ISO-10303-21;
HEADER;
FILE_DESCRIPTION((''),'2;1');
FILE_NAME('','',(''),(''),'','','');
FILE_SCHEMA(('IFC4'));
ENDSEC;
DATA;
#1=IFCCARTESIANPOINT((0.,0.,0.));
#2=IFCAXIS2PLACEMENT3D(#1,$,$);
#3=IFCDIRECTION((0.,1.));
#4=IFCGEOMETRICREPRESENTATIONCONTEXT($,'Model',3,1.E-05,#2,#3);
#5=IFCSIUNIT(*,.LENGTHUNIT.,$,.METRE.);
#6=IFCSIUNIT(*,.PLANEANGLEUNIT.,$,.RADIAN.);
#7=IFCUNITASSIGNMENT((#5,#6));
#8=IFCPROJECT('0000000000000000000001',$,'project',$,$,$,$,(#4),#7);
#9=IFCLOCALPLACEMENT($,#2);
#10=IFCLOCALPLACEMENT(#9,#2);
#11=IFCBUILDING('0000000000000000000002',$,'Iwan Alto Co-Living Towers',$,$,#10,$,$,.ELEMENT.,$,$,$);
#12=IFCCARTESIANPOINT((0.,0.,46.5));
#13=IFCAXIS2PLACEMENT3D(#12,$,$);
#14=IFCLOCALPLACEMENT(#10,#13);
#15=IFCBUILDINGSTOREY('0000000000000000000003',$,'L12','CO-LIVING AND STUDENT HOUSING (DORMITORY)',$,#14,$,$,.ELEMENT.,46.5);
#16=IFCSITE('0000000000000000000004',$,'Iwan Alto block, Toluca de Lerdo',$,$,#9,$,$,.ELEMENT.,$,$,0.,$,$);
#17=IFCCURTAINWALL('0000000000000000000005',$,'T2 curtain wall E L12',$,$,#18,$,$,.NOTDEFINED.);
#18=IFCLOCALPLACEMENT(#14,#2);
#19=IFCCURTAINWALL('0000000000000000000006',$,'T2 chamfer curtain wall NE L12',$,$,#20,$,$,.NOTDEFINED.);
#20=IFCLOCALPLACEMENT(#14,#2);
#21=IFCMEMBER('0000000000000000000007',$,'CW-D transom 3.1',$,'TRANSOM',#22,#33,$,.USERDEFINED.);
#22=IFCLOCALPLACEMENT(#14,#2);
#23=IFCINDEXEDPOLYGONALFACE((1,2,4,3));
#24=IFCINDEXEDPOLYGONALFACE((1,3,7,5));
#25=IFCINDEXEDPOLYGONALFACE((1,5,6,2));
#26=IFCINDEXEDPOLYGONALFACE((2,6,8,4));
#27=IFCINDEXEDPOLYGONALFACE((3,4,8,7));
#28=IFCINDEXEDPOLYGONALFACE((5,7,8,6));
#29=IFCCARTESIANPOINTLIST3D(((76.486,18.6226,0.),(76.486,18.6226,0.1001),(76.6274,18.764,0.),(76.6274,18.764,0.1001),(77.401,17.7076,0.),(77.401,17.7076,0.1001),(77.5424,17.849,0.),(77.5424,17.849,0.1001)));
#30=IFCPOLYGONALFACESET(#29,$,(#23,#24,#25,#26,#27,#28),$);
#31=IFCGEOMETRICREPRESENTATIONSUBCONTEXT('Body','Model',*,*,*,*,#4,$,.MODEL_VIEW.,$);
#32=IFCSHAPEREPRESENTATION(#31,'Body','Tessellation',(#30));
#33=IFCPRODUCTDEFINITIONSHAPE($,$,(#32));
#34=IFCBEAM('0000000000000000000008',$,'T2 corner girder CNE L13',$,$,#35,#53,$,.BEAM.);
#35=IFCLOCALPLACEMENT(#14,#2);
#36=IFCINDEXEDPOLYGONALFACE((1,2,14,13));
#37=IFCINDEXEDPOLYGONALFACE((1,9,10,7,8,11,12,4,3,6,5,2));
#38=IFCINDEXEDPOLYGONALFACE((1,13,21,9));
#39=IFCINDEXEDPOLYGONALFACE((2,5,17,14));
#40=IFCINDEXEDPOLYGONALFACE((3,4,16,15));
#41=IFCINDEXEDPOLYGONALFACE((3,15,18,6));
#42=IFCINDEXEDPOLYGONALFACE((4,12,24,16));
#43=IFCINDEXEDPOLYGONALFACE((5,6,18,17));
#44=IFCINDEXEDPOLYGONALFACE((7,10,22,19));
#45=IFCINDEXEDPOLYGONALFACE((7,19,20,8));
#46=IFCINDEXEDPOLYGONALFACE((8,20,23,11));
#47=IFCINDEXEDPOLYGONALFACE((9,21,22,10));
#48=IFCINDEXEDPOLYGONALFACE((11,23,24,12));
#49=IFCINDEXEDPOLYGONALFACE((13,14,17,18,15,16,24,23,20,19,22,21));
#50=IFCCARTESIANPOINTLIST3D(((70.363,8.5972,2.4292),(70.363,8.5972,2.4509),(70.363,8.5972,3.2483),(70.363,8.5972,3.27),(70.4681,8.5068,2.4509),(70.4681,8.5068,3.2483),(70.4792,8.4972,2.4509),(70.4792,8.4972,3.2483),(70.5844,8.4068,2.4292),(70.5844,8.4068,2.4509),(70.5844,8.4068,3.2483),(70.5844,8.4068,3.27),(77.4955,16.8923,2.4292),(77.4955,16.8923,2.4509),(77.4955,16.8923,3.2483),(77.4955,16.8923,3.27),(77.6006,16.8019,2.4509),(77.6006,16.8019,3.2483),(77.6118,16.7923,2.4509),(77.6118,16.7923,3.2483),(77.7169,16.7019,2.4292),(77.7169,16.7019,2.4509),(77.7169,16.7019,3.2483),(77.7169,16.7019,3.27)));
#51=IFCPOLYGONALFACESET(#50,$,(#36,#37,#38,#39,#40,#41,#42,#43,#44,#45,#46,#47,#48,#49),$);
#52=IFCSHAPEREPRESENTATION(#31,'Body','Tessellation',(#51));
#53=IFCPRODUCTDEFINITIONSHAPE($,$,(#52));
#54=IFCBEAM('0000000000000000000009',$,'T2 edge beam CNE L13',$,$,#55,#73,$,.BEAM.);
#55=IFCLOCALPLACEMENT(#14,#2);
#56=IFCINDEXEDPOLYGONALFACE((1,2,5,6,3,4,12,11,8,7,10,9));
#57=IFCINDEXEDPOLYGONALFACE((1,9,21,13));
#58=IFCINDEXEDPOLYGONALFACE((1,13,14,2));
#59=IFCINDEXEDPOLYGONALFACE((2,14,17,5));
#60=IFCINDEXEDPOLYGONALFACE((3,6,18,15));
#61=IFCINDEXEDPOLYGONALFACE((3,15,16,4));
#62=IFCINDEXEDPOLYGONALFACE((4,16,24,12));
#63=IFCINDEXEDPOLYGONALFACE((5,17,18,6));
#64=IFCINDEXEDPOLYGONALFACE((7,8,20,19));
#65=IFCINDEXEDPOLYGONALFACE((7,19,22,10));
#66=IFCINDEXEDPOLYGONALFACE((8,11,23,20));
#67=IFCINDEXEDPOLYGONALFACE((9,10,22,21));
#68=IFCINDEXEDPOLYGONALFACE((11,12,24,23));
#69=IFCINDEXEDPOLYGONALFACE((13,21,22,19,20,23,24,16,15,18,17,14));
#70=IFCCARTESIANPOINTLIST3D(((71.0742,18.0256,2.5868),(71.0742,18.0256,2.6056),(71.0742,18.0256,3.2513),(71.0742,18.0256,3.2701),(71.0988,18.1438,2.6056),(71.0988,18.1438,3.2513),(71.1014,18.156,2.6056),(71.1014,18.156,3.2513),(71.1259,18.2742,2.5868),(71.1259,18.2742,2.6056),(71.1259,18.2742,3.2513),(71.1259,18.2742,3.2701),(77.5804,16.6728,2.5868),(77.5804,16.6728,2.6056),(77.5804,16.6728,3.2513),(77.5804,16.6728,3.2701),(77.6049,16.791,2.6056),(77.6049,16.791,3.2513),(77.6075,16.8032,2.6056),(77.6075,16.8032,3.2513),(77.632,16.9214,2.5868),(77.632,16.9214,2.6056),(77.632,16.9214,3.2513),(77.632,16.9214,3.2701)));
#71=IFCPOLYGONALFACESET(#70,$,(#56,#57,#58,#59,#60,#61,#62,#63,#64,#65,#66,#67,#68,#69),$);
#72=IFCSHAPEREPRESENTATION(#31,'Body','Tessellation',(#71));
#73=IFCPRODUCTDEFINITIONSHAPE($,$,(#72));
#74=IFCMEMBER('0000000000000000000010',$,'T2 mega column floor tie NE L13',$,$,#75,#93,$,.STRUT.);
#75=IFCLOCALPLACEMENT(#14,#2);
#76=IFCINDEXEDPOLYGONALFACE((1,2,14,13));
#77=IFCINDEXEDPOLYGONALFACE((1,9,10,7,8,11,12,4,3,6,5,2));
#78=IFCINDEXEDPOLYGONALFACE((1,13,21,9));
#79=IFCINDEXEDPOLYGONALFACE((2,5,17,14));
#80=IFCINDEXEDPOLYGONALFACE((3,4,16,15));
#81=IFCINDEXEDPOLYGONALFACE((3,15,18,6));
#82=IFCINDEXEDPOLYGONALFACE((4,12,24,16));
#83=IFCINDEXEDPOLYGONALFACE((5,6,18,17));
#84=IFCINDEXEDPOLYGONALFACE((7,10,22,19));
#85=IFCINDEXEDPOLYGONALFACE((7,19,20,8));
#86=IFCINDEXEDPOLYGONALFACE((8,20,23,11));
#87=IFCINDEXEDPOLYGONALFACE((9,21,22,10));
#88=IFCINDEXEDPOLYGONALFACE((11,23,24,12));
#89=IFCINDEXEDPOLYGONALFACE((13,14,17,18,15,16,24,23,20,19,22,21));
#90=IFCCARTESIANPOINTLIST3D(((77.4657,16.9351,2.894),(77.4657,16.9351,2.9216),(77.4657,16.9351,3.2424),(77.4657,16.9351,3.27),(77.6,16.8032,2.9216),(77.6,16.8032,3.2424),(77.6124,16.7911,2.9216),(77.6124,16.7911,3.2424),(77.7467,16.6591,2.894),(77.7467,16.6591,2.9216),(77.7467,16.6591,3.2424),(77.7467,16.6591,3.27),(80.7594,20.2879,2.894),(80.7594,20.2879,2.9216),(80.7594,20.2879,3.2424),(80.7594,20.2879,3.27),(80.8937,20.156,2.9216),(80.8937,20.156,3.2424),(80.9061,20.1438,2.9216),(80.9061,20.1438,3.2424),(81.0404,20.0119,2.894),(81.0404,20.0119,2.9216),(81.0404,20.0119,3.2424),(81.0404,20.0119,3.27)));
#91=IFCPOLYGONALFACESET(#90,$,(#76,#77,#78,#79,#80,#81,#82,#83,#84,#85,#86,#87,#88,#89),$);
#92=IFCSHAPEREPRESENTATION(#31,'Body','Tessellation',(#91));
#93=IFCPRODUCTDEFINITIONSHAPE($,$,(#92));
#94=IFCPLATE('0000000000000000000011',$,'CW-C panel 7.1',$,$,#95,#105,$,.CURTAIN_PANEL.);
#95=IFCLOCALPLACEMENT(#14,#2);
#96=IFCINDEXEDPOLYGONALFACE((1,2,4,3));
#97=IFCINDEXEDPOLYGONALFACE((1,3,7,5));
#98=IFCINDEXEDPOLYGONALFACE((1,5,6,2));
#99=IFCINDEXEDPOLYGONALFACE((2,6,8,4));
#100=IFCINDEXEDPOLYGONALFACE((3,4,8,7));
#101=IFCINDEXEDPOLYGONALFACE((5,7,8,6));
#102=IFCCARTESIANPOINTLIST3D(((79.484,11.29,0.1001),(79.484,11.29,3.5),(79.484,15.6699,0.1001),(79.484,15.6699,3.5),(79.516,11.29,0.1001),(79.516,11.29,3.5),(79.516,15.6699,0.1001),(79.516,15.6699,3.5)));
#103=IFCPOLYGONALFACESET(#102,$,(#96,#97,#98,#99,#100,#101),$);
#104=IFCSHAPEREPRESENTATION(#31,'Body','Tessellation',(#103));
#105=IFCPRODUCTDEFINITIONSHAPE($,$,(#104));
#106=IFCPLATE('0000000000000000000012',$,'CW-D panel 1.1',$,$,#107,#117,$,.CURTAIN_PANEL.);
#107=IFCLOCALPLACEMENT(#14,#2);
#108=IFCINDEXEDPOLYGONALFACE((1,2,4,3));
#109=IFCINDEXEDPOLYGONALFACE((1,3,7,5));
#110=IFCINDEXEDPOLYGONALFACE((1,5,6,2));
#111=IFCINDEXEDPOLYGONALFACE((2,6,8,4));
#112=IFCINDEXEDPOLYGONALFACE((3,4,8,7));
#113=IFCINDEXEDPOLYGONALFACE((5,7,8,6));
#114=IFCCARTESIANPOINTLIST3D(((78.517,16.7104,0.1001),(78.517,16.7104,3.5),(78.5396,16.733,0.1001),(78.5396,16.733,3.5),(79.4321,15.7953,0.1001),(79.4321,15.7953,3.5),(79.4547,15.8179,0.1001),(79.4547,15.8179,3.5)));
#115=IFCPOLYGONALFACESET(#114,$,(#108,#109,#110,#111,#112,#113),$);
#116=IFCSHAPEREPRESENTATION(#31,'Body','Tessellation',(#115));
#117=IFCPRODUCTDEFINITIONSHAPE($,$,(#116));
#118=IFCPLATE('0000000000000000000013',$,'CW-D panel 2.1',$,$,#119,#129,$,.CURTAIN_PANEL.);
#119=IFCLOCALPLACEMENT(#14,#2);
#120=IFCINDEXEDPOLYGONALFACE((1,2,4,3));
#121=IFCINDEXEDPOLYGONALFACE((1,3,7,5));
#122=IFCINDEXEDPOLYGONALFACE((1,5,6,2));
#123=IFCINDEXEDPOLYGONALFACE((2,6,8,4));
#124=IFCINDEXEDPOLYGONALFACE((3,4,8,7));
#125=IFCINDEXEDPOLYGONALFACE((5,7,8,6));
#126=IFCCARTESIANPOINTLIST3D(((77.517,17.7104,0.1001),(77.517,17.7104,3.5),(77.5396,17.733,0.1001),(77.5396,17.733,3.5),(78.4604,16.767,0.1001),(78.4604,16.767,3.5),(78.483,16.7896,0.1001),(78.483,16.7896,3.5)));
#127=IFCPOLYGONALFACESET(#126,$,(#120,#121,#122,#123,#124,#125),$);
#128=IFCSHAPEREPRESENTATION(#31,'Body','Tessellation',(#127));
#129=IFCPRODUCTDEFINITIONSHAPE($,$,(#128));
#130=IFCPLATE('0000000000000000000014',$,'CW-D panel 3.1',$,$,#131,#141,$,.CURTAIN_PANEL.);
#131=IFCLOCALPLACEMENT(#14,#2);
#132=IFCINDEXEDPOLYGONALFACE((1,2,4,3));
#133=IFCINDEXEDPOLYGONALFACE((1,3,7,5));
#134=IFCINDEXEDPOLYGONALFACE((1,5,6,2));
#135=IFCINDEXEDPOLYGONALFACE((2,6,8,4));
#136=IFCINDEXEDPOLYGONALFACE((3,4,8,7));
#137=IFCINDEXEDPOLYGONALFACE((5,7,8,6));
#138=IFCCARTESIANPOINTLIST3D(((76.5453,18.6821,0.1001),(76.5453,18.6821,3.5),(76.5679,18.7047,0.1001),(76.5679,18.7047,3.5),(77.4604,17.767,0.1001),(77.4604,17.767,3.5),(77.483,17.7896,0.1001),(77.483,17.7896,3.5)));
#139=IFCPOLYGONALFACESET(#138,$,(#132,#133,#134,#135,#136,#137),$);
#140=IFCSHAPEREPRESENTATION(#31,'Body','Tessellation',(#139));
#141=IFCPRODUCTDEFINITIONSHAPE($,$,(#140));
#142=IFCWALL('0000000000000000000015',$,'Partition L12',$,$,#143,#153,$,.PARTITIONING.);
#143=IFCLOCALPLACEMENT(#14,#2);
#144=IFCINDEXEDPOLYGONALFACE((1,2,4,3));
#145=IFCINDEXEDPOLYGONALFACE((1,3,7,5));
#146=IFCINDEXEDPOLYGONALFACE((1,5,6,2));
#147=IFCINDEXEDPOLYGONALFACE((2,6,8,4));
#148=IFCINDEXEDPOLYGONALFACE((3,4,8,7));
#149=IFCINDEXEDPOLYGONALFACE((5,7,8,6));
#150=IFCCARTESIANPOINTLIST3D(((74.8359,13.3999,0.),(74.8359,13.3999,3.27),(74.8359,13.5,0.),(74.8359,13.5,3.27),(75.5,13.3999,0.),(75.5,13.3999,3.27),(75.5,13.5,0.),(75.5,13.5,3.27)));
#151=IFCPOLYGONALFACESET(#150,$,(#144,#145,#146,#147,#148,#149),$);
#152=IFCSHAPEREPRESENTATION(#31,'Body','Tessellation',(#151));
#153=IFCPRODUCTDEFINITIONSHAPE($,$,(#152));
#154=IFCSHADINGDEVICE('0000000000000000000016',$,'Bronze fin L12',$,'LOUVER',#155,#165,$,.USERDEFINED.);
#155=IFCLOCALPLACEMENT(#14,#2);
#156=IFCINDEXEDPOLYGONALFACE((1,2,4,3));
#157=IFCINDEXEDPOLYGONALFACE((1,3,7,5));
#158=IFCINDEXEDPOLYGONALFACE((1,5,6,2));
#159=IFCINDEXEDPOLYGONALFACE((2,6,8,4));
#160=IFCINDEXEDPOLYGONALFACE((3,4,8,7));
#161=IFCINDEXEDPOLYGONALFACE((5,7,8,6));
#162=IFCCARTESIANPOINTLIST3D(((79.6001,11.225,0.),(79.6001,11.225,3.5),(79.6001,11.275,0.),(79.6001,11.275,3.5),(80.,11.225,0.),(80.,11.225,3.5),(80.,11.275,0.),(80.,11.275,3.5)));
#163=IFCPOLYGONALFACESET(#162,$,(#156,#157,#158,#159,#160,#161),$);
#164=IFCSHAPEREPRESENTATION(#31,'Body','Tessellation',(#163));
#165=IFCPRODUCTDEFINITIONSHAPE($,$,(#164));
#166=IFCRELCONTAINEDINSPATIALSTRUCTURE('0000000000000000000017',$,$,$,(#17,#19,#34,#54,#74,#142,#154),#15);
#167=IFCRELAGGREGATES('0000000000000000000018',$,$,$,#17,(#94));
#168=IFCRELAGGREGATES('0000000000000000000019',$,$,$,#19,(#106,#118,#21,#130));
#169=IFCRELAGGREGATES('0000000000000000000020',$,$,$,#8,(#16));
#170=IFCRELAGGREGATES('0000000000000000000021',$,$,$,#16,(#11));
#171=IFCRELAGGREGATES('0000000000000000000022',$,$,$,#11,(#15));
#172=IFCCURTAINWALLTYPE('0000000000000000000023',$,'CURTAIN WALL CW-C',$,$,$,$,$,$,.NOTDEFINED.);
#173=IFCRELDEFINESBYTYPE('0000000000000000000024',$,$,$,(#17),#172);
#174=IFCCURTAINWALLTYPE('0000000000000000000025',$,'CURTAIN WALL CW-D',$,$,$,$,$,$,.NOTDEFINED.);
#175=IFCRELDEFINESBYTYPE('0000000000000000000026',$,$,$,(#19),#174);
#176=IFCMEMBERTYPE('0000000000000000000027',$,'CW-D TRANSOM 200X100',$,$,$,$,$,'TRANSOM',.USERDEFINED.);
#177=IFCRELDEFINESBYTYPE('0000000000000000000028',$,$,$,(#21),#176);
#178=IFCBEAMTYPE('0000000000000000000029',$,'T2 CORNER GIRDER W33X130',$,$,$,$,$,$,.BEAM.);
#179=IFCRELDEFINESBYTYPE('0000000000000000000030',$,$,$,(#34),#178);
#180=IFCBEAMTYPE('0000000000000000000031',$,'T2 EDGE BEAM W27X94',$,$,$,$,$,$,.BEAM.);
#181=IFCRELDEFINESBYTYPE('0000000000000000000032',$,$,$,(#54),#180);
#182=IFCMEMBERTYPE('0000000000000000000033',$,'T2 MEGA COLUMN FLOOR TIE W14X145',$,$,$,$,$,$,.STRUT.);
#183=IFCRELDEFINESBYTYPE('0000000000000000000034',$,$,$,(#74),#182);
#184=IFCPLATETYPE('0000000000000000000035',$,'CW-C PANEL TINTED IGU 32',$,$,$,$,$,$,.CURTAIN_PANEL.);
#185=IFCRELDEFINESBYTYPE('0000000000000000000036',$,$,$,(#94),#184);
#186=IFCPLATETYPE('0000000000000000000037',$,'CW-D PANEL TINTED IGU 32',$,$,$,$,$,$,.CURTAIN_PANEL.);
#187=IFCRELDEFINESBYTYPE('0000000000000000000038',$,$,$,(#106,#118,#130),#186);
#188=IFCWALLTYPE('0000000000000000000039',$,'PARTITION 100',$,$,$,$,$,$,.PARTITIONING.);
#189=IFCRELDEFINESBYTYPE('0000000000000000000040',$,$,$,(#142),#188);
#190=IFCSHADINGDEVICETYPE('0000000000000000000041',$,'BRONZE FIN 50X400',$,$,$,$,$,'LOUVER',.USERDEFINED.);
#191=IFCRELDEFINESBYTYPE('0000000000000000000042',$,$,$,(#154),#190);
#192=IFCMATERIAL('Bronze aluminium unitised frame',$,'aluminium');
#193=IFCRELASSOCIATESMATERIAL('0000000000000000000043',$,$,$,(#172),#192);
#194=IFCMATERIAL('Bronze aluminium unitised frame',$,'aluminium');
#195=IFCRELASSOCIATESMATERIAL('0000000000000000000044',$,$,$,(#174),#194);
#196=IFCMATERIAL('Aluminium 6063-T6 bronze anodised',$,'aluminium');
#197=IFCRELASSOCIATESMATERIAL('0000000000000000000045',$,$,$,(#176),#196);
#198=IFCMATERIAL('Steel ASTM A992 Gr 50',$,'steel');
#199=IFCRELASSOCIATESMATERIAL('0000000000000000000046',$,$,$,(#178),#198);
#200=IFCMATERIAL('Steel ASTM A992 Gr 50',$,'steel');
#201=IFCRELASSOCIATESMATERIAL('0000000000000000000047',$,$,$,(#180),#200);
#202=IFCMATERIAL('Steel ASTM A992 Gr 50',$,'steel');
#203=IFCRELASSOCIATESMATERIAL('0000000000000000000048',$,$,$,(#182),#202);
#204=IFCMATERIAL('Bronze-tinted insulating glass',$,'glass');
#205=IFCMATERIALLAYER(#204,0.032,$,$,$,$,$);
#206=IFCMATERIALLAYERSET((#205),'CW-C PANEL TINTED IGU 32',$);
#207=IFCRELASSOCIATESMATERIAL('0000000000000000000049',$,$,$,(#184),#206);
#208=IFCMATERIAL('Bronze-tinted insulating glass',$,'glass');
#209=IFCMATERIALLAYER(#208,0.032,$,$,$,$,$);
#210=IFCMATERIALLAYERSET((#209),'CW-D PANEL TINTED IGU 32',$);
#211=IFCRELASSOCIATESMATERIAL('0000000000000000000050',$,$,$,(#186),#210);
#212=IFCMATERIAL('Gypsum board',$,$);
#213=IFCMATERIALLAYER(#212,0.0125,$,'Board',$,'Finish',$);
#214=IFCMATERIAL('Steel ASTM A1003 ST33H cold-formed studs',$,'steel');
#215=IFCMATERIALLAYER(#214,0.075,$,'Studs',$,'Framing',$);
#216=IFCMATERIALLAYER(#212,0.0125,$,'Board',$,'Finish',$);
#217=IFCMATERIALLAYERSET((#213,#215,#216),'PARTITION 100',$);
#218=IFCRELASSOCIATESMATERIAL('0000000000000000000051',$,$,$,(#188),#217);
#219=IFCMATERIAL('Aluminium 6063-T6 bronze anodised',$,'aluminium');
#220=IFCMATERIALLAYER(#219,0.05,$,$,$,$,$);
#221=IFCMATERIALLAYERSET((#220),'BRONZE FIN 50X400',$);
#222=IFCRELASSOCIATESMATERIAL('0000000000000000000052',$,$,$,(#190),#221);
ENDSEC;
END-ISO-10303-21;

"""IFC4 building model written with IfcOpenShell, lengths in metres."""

from ifc_helpers import new_model, si_unit, direction, frame, frame_2d, origin, origin_2d, place, context, subcontext, project, spatial, rectangle, i_section, extrude, material, layer, layer_set, material_profile, profile_set, type_object, element, aggregate, save


model = new_model("IFC4")

# Units and contexts
model_context = context("Model", 3, precision=1e-05, world=origin(), true_north=direction((0.0, 1.0)))
body_context = subcontext(model_context, "Body", "Model", "MODEL_VIEW")
ifc_project = project(units=[si_unit("LENGTHUNIT", "METRE"), si_unit("PLANEANGLEUNIT", "RADIAN")], contexts=[model_context])

# Site, building, storey
site_placement = place(None, origin())
site = spatial("IfcSite", under=ifc_project, at=site_placement, Name="Iwan Alto block, Toluca de Lerdo", CompositionType="ELEMENT", RefElevation=0.0)
building_placement = place(site_placement, origin())
building = spatial("IfcBuilding", under=site, at=building_placement, Name="Iwan Alto Co-Living Towers", CompositionType="ELEMENT")
storey_placement = place(building_placement, frame((0.0, 0.0, 46.5)))
storey = spatial("IfcBuildingStorey", under=building, at=storey_placement, Name="L12", Description="CO-LIVING AND STUDENT HOUSING (DORMITORY)", CompositionType="ELEMENT", Elevation=46.5)

# Curtain wall
ifc_material_1 = material(Name="Bronze aluminium unitised frame", Category="aluminium")
curtain_wall_type_1 = type_object("IfcCurtainWallType", Name="CURTAIN WALL CW-C", PredefinedType="NOTDEFINED", material=ifc_material_1)
curtain_wall_1_placement = place(storey_placement, origin())
curtain_wall_1 = element("IfcCurtainWall", 1, at=curtain_wall_1_placement, inside=storey, type_object=curtain_wall_type_1, Name="T2 curtain wall E L12", PredefinedType="NOTDEFINED")

# Curtain wall, member
ifc_material_2 = material(Name="Bronze aluminium unitised frame", Category="aluminium")
curtain_wall_type_2 = type_object("IfcCurtainWallType", Name="CURTAIN WALL CW-D", PredefinedType="NOTDEFINED", material=ifc_material_2)
curtain_wall_2_placement = place(storey_placement, origin())
curtain_wall_2 = element("IfcCurtainWall", 2, at=curtain_wall_2_placement, inside=storey, type_object=curtain_wall_type_2, Name="T2 chamfer curtain wall NE L12", PredefinedType="NOTDEFINED")
ifc_material_3 = material(Name="Aluminium 6063-T6 bronze anodised", Category="aluminium")
ifc_material_profile_1 = material_profile(ifc_material_3, rectangle(XDim=0.2, YDim=0.1001, at=origin_2d()), Name="AL 200X100")
ifc_profile_set_1 = profile_set([ifc_material_profile_1], Name="Aluminium 6063-T6 bronze anodised")
member_type_1 = type_object("IfcMemberType", Name="CW-D TRANSOM 200X100", ElementType="TRANSOM", PredefinedType="USERDEFINED", material=ifc_profile_set_1)
member_1_placement = place(storey_placement, frame((77.4717, 17.7783, 0.05), z_axis=(-0.707107, 0.707107, 0.0), x_axis=(-0.707107, -0.707107, 0.0)))
member_1 = element("IfcMember", 3, at=member_1_placement, type_object=member_type_1, Name="CW-D transom 3.1", ObjectType="TRANSOM", PredefinedType="USERDEFINED", context=body_context, shape_type="SweptSolid", body=[
    extrude(rectangle(XDim=0.2, YDim=0.1001, at=origin_2d()), origin(), (0.0, 0.0, 1.0), 1.2939),
])

# Beams
ifc_material_4 = material(Name="Steel ASTM A992 Gr 50", Category="steel")
ifc_material_profile_2 = material_profile(ifc_material_4, i_section(OverallWidth=0.292, OverallDepth=0.8408, WebThickness=0.0146, FlangeThickness=0.0217, at=origin_2d()), Name="W33X130")
ifc_profile_set_2 = profile_set([ifc_material_profile_2], Name="Steel ASTM A992 Gr 50")
beam_type_1 = type_object("IfcBeamType", Name="T2 CORNER GIRDER W33X130", PredefinedType="BEAM", material=ifc_profile_set_2)
beam_1_placement = place(storey_placement, frame((77.6062, 16.7971, 2.8496), z_axis=(-0.651972, -0.758243, 0.0), x_axis=(0.758243, -0.651972, 0.0)))
element("IfcBeam", 4, at=beam_1_placement, inside=storey, type_object=beam_type_1, Name="T2 corner girder CNE L13", PredefinedType="BEAM", context=body_context, shape_type="SweptSolid", body=[
    extrude(i_section(OverallWidth=0.292, OverallDepth=0.8408, WebThickness=0.0146, FlangeThickness=0.0217, at=origin_2d()), origin(), (0.0, 0.0, 1.0), 10.9399),
])
ifc_material_5 = material(Name="Steel ASTM A992 Gr 50", Category="steel")
ifc_material_profile_3 = material_profile(ifc_material_5, i_section(OverallWidth=0.2539, OverallDepth=0.6833, WebThickness=0.0125, FlangeThickness=0.0188, at=origin_2d()), Name="W27X94")
ifc_profile_set_3 = profile_set([ifc_material_profile_3], Name="Steel ASTM A992 Gr 50")
beam_type_2 = type_object("IfcBeamType", Name="T2 EDGE BEAM W27X94", PredefinedType="BEAM", material=ifc_profile_set_3)
beam_2_placement = place(storey_placement, frame((77.6062, 16.7971, 2.9285), z_axis=(-0.97906, 0.203571, 0.0), x_axis=(-0.203571, -0.97906, 0.0)))
element("IfcBeam", 5, at=beam_2_placement, inside=storey, type_object=beam_type_2, Name="T2 edge beam CNE L13", PredefinedType="BEAM", context=body_context, shape_type="SweptSolid", body=[
    extrude(i_section(OverallWidth=0.2539, OverallDepth=0.6833, WebThickness=0.0125, FlangeThickness=0.0188, at=origin_2d()), origin(), (0.0, 0.0, 1.0), 6.6453),
])

# Member
ifc_material_6 = material(Name="Steel ASTM A992 Gr 50", Category="steel")
ifc_material_profile_4 = material_profile(ifc_material_6, i_section(OverallWidth=0.3938, OverallDepth=0.376, WebThickness=0.0173, FlangeThickness=0.0276, at=origin_2d()), Name="W14X145")
ifc_profile_set_4 = profile_set([ifc_material_profile_4], Name="Steel ASTM A992 Gr 50")
member_type_2 = type_object("IfcMemberType", Name="T2 MEGA COLUMN FLOOR TIE W14X145", PredefinedType="STRUT", material=ifc_profile_set_4)
member_2_placement = place(storey_placement, frame((80.8999, 20.1499, 3.082), z_axis=(-0.700793, -0.713364, 0.0), x_axis=(0.713364, -0.700793, 0.0)))
element("IfcMember", 6, at=member_2_placement, inside=storey, type_object=member_type_2, Name="T2 mega column floor tie NE L13", PredefinedType="STRUT", context=body_context, shape_type="SweptSolid", body=[
    extrude(i_section(OverallWidth=0.3938, OverallDepth=0.376, WebThickness=0.0173, FlangeThickness=0.0276, at=origin_2d()), origin(), (0.0, 0.0, 1.0), 4.7),
])

# Plates
ifc_material_7 = material(Name="Bronze-tinted insulating glass", Category="glass")
ifc_layer_1 = layer(ifc_material_7, 0.032)
ifc_layer_set_1 = layer_set([ifc_layer_1], Name="CW-C PANEL TINTED IGU 32")
plate_type_1 = type_object("IfcPlateType", Name="CW-C PANEL TINTED IGU 32", PredefinedType="CURTAIN_PANEL", material=ifc_layer_set_1)
plate_1_placement = place(storey_placement, frame((79.5, 13.48, 0.1001), z_axis=(0.0, 0.0, 1.0), x_axis=(0.0, 1.0, 0.0)))
plate_1 = element("IfcPlate", 7, at=plate_1_placement, type_object=plate_type_1, Name="CW-C panel 7.1", PredefinedType="CURTAIN_PANEL", context=body_context, shape_type="SweptSolid", body=[
    extrude(rectangle(XDim=4.3799, YDim=0.032, at=origin_2d()), origin(), (0.0, 0.0, 1.0), 3.3999),
])
aggregate(curtain_wall_1, [plate_1])
ifc_material_8 = material(Name="Bronze-tinted insulating glass", Category="glass")
ifc_layer_2 = layer(ifc_material_8, 0.032)
ifc_layer_set_2 = layer_set([ifc_layer_2], Name="CW-D PANEL TINTED IGU 32")
plate_type_2 = type_object("IfcPlateType", Name="CW-D PANEL TINTED IGU 32", PredefinedType="CURTAIN_PANEL", material=ifc_layer_set_2)
plate_2_placement = place(storey_placement, frame((78.9858, 16.2642, 0.1001), z_axis=(0.0, 0.0, 1.0), x_axis=(-0.707107, 0.707107, 0.0)))
plate_2 = element("IfcPlate", 8, at=plate_2_placement, type_object=plate_type_2, Name="CW-D panel 1.1", PredefinedType="CURTAIN_PANEL", context=body_context, shape_type="SweptSolid", body=[
    extrude(rectangle(XDim=1.2942, YDim=0.032, at=origin_2d()), origin(), (0.0, 0.0, 1.0), 3.3999),
])
plate_3_placement = place(storey_placement, frame((78.0, 17.25, 0.1001), z_axis=(0.0, 0.0, 1.0), x_axis=(-0.707107, 0.707107, 0.0)))
plate_3 = element("IfcPlate", 9, at=plate_3_placement, type_object=plate_type_2, Name="CW-D panel 2.1", PredefinedType="CURTAIN_PANEL", context=body_context, shape_type="SweptSolid", body=[
    extrude(rectangle(XDim=1.3342, YDim=0.032, at=origin_2d()), origin(), (0.0, 0.0, 1.0), 3.3999),
])
plate_4_placement = place(storey_placement, frame((77.0142, 18.2358, 0.1001), z_axis=(0.0, 0.0, 1.0), x_axis=(-0.707107, 0.707107, 0.0)))
plate_4 = element("IfcPlate", 10, at=plate_4_placement, type_object=plate_type_2, Name="CW-D panel 3.1", PredefinedType="CURTAIN_PANEL", context=body_context, shape_type="SweptSolid", body=[
    extrude(rectangle(XDim=1.2942, YDim=0.032, at=origin_2d()), origin(), (0.0, 0.0, 1.0), 3.3999),
])
aggregate(curtain_wall_2, [plate_2, plate_3, member_1, plate_4])

# Wall
ifc_material_9 = material(Name="Gypsum board")
ifc_layer_3 = layer(ifc_material_9, 0.0125, Name="Board", Category="Finish")
ifc_material_10 = material(Name="Steel ASTM A1003 ST33H cold-formed studs", Category="steel")
ifc_layer_4 = layer(ifc_material_10, 0.075, Name="Studs", Category="Framing")
ifc_layer_5 = layer(ifc_material_9, 0.0125, Name="Board", Category="Finish")
ifc_layer_set_3 = layer_set([ifc_layer_3, ifc_layer_4, ifc_layer_5], Name="PARTITION 100")
wall_type = type_object("IfcWallType", Name="PARTITION 100", PredefinedType="PARTITIONING", material=ifc_layer_set_3)
wall_placement = place(storey_placement, frame((74.8359, 13.45, 0.0), z_axis=(0.0, 0.0, 1.0), x_axis=(1.0, 0.0, 0.0)))
element("IfcWall", 11, at=wall_placement, inside=storey, type_object=wall_type, Name="Partition L12", PredefinedType="PARTITIONING", context=body_context, shape_type="SweptSolid", body=[
    extrude(rectangle(XDim=0.6641, YDim=0.1001, at=frame_2d((0.332, 0.0))), origin(), (0.0, 0.0, 1.0), 3.27),
])

# Shading device
ifc_material_11 = material(Name="Aluminium 6063-T6 bronze anodised", Category="aluminium")
ifc_layer_6 = layer(ifc_material_11, 0.05)
ifc_layer_set_4 = layer_set([ifc_layer_6], Name="BRONZE FIN 50X400")
shading_device_type = type_object("IfcShadingDeviceType", Name="BRONZE FIN 50X400", ElementType="LOUVER", PredefinedType="USERDEFINED", material=ifc_layer_set_4)
shading_device_placement = place(storey_placement, frame((79.8, 11.25, 0.0), z_axis=(0.0, 0.0, 1.0), x_axis=(0.0, 1.0, 0.0)))
element("IfcShadingDevice", 12, at=shading_device_placement, inside=storey, type_object=shading_device_type, Name="Bronze fin L12", ObjectType="LOUVER", PredefinedType="USERDEFINED", context=body_context, shape_type="SweptSolid", body=[
    extrude(rectangle(XDim=0.05, YDim=0.3999, at=origin_2d()), origin(), (0.0, 0.0, 1.0), 3.5),
])

save(model, "model.ifc")
